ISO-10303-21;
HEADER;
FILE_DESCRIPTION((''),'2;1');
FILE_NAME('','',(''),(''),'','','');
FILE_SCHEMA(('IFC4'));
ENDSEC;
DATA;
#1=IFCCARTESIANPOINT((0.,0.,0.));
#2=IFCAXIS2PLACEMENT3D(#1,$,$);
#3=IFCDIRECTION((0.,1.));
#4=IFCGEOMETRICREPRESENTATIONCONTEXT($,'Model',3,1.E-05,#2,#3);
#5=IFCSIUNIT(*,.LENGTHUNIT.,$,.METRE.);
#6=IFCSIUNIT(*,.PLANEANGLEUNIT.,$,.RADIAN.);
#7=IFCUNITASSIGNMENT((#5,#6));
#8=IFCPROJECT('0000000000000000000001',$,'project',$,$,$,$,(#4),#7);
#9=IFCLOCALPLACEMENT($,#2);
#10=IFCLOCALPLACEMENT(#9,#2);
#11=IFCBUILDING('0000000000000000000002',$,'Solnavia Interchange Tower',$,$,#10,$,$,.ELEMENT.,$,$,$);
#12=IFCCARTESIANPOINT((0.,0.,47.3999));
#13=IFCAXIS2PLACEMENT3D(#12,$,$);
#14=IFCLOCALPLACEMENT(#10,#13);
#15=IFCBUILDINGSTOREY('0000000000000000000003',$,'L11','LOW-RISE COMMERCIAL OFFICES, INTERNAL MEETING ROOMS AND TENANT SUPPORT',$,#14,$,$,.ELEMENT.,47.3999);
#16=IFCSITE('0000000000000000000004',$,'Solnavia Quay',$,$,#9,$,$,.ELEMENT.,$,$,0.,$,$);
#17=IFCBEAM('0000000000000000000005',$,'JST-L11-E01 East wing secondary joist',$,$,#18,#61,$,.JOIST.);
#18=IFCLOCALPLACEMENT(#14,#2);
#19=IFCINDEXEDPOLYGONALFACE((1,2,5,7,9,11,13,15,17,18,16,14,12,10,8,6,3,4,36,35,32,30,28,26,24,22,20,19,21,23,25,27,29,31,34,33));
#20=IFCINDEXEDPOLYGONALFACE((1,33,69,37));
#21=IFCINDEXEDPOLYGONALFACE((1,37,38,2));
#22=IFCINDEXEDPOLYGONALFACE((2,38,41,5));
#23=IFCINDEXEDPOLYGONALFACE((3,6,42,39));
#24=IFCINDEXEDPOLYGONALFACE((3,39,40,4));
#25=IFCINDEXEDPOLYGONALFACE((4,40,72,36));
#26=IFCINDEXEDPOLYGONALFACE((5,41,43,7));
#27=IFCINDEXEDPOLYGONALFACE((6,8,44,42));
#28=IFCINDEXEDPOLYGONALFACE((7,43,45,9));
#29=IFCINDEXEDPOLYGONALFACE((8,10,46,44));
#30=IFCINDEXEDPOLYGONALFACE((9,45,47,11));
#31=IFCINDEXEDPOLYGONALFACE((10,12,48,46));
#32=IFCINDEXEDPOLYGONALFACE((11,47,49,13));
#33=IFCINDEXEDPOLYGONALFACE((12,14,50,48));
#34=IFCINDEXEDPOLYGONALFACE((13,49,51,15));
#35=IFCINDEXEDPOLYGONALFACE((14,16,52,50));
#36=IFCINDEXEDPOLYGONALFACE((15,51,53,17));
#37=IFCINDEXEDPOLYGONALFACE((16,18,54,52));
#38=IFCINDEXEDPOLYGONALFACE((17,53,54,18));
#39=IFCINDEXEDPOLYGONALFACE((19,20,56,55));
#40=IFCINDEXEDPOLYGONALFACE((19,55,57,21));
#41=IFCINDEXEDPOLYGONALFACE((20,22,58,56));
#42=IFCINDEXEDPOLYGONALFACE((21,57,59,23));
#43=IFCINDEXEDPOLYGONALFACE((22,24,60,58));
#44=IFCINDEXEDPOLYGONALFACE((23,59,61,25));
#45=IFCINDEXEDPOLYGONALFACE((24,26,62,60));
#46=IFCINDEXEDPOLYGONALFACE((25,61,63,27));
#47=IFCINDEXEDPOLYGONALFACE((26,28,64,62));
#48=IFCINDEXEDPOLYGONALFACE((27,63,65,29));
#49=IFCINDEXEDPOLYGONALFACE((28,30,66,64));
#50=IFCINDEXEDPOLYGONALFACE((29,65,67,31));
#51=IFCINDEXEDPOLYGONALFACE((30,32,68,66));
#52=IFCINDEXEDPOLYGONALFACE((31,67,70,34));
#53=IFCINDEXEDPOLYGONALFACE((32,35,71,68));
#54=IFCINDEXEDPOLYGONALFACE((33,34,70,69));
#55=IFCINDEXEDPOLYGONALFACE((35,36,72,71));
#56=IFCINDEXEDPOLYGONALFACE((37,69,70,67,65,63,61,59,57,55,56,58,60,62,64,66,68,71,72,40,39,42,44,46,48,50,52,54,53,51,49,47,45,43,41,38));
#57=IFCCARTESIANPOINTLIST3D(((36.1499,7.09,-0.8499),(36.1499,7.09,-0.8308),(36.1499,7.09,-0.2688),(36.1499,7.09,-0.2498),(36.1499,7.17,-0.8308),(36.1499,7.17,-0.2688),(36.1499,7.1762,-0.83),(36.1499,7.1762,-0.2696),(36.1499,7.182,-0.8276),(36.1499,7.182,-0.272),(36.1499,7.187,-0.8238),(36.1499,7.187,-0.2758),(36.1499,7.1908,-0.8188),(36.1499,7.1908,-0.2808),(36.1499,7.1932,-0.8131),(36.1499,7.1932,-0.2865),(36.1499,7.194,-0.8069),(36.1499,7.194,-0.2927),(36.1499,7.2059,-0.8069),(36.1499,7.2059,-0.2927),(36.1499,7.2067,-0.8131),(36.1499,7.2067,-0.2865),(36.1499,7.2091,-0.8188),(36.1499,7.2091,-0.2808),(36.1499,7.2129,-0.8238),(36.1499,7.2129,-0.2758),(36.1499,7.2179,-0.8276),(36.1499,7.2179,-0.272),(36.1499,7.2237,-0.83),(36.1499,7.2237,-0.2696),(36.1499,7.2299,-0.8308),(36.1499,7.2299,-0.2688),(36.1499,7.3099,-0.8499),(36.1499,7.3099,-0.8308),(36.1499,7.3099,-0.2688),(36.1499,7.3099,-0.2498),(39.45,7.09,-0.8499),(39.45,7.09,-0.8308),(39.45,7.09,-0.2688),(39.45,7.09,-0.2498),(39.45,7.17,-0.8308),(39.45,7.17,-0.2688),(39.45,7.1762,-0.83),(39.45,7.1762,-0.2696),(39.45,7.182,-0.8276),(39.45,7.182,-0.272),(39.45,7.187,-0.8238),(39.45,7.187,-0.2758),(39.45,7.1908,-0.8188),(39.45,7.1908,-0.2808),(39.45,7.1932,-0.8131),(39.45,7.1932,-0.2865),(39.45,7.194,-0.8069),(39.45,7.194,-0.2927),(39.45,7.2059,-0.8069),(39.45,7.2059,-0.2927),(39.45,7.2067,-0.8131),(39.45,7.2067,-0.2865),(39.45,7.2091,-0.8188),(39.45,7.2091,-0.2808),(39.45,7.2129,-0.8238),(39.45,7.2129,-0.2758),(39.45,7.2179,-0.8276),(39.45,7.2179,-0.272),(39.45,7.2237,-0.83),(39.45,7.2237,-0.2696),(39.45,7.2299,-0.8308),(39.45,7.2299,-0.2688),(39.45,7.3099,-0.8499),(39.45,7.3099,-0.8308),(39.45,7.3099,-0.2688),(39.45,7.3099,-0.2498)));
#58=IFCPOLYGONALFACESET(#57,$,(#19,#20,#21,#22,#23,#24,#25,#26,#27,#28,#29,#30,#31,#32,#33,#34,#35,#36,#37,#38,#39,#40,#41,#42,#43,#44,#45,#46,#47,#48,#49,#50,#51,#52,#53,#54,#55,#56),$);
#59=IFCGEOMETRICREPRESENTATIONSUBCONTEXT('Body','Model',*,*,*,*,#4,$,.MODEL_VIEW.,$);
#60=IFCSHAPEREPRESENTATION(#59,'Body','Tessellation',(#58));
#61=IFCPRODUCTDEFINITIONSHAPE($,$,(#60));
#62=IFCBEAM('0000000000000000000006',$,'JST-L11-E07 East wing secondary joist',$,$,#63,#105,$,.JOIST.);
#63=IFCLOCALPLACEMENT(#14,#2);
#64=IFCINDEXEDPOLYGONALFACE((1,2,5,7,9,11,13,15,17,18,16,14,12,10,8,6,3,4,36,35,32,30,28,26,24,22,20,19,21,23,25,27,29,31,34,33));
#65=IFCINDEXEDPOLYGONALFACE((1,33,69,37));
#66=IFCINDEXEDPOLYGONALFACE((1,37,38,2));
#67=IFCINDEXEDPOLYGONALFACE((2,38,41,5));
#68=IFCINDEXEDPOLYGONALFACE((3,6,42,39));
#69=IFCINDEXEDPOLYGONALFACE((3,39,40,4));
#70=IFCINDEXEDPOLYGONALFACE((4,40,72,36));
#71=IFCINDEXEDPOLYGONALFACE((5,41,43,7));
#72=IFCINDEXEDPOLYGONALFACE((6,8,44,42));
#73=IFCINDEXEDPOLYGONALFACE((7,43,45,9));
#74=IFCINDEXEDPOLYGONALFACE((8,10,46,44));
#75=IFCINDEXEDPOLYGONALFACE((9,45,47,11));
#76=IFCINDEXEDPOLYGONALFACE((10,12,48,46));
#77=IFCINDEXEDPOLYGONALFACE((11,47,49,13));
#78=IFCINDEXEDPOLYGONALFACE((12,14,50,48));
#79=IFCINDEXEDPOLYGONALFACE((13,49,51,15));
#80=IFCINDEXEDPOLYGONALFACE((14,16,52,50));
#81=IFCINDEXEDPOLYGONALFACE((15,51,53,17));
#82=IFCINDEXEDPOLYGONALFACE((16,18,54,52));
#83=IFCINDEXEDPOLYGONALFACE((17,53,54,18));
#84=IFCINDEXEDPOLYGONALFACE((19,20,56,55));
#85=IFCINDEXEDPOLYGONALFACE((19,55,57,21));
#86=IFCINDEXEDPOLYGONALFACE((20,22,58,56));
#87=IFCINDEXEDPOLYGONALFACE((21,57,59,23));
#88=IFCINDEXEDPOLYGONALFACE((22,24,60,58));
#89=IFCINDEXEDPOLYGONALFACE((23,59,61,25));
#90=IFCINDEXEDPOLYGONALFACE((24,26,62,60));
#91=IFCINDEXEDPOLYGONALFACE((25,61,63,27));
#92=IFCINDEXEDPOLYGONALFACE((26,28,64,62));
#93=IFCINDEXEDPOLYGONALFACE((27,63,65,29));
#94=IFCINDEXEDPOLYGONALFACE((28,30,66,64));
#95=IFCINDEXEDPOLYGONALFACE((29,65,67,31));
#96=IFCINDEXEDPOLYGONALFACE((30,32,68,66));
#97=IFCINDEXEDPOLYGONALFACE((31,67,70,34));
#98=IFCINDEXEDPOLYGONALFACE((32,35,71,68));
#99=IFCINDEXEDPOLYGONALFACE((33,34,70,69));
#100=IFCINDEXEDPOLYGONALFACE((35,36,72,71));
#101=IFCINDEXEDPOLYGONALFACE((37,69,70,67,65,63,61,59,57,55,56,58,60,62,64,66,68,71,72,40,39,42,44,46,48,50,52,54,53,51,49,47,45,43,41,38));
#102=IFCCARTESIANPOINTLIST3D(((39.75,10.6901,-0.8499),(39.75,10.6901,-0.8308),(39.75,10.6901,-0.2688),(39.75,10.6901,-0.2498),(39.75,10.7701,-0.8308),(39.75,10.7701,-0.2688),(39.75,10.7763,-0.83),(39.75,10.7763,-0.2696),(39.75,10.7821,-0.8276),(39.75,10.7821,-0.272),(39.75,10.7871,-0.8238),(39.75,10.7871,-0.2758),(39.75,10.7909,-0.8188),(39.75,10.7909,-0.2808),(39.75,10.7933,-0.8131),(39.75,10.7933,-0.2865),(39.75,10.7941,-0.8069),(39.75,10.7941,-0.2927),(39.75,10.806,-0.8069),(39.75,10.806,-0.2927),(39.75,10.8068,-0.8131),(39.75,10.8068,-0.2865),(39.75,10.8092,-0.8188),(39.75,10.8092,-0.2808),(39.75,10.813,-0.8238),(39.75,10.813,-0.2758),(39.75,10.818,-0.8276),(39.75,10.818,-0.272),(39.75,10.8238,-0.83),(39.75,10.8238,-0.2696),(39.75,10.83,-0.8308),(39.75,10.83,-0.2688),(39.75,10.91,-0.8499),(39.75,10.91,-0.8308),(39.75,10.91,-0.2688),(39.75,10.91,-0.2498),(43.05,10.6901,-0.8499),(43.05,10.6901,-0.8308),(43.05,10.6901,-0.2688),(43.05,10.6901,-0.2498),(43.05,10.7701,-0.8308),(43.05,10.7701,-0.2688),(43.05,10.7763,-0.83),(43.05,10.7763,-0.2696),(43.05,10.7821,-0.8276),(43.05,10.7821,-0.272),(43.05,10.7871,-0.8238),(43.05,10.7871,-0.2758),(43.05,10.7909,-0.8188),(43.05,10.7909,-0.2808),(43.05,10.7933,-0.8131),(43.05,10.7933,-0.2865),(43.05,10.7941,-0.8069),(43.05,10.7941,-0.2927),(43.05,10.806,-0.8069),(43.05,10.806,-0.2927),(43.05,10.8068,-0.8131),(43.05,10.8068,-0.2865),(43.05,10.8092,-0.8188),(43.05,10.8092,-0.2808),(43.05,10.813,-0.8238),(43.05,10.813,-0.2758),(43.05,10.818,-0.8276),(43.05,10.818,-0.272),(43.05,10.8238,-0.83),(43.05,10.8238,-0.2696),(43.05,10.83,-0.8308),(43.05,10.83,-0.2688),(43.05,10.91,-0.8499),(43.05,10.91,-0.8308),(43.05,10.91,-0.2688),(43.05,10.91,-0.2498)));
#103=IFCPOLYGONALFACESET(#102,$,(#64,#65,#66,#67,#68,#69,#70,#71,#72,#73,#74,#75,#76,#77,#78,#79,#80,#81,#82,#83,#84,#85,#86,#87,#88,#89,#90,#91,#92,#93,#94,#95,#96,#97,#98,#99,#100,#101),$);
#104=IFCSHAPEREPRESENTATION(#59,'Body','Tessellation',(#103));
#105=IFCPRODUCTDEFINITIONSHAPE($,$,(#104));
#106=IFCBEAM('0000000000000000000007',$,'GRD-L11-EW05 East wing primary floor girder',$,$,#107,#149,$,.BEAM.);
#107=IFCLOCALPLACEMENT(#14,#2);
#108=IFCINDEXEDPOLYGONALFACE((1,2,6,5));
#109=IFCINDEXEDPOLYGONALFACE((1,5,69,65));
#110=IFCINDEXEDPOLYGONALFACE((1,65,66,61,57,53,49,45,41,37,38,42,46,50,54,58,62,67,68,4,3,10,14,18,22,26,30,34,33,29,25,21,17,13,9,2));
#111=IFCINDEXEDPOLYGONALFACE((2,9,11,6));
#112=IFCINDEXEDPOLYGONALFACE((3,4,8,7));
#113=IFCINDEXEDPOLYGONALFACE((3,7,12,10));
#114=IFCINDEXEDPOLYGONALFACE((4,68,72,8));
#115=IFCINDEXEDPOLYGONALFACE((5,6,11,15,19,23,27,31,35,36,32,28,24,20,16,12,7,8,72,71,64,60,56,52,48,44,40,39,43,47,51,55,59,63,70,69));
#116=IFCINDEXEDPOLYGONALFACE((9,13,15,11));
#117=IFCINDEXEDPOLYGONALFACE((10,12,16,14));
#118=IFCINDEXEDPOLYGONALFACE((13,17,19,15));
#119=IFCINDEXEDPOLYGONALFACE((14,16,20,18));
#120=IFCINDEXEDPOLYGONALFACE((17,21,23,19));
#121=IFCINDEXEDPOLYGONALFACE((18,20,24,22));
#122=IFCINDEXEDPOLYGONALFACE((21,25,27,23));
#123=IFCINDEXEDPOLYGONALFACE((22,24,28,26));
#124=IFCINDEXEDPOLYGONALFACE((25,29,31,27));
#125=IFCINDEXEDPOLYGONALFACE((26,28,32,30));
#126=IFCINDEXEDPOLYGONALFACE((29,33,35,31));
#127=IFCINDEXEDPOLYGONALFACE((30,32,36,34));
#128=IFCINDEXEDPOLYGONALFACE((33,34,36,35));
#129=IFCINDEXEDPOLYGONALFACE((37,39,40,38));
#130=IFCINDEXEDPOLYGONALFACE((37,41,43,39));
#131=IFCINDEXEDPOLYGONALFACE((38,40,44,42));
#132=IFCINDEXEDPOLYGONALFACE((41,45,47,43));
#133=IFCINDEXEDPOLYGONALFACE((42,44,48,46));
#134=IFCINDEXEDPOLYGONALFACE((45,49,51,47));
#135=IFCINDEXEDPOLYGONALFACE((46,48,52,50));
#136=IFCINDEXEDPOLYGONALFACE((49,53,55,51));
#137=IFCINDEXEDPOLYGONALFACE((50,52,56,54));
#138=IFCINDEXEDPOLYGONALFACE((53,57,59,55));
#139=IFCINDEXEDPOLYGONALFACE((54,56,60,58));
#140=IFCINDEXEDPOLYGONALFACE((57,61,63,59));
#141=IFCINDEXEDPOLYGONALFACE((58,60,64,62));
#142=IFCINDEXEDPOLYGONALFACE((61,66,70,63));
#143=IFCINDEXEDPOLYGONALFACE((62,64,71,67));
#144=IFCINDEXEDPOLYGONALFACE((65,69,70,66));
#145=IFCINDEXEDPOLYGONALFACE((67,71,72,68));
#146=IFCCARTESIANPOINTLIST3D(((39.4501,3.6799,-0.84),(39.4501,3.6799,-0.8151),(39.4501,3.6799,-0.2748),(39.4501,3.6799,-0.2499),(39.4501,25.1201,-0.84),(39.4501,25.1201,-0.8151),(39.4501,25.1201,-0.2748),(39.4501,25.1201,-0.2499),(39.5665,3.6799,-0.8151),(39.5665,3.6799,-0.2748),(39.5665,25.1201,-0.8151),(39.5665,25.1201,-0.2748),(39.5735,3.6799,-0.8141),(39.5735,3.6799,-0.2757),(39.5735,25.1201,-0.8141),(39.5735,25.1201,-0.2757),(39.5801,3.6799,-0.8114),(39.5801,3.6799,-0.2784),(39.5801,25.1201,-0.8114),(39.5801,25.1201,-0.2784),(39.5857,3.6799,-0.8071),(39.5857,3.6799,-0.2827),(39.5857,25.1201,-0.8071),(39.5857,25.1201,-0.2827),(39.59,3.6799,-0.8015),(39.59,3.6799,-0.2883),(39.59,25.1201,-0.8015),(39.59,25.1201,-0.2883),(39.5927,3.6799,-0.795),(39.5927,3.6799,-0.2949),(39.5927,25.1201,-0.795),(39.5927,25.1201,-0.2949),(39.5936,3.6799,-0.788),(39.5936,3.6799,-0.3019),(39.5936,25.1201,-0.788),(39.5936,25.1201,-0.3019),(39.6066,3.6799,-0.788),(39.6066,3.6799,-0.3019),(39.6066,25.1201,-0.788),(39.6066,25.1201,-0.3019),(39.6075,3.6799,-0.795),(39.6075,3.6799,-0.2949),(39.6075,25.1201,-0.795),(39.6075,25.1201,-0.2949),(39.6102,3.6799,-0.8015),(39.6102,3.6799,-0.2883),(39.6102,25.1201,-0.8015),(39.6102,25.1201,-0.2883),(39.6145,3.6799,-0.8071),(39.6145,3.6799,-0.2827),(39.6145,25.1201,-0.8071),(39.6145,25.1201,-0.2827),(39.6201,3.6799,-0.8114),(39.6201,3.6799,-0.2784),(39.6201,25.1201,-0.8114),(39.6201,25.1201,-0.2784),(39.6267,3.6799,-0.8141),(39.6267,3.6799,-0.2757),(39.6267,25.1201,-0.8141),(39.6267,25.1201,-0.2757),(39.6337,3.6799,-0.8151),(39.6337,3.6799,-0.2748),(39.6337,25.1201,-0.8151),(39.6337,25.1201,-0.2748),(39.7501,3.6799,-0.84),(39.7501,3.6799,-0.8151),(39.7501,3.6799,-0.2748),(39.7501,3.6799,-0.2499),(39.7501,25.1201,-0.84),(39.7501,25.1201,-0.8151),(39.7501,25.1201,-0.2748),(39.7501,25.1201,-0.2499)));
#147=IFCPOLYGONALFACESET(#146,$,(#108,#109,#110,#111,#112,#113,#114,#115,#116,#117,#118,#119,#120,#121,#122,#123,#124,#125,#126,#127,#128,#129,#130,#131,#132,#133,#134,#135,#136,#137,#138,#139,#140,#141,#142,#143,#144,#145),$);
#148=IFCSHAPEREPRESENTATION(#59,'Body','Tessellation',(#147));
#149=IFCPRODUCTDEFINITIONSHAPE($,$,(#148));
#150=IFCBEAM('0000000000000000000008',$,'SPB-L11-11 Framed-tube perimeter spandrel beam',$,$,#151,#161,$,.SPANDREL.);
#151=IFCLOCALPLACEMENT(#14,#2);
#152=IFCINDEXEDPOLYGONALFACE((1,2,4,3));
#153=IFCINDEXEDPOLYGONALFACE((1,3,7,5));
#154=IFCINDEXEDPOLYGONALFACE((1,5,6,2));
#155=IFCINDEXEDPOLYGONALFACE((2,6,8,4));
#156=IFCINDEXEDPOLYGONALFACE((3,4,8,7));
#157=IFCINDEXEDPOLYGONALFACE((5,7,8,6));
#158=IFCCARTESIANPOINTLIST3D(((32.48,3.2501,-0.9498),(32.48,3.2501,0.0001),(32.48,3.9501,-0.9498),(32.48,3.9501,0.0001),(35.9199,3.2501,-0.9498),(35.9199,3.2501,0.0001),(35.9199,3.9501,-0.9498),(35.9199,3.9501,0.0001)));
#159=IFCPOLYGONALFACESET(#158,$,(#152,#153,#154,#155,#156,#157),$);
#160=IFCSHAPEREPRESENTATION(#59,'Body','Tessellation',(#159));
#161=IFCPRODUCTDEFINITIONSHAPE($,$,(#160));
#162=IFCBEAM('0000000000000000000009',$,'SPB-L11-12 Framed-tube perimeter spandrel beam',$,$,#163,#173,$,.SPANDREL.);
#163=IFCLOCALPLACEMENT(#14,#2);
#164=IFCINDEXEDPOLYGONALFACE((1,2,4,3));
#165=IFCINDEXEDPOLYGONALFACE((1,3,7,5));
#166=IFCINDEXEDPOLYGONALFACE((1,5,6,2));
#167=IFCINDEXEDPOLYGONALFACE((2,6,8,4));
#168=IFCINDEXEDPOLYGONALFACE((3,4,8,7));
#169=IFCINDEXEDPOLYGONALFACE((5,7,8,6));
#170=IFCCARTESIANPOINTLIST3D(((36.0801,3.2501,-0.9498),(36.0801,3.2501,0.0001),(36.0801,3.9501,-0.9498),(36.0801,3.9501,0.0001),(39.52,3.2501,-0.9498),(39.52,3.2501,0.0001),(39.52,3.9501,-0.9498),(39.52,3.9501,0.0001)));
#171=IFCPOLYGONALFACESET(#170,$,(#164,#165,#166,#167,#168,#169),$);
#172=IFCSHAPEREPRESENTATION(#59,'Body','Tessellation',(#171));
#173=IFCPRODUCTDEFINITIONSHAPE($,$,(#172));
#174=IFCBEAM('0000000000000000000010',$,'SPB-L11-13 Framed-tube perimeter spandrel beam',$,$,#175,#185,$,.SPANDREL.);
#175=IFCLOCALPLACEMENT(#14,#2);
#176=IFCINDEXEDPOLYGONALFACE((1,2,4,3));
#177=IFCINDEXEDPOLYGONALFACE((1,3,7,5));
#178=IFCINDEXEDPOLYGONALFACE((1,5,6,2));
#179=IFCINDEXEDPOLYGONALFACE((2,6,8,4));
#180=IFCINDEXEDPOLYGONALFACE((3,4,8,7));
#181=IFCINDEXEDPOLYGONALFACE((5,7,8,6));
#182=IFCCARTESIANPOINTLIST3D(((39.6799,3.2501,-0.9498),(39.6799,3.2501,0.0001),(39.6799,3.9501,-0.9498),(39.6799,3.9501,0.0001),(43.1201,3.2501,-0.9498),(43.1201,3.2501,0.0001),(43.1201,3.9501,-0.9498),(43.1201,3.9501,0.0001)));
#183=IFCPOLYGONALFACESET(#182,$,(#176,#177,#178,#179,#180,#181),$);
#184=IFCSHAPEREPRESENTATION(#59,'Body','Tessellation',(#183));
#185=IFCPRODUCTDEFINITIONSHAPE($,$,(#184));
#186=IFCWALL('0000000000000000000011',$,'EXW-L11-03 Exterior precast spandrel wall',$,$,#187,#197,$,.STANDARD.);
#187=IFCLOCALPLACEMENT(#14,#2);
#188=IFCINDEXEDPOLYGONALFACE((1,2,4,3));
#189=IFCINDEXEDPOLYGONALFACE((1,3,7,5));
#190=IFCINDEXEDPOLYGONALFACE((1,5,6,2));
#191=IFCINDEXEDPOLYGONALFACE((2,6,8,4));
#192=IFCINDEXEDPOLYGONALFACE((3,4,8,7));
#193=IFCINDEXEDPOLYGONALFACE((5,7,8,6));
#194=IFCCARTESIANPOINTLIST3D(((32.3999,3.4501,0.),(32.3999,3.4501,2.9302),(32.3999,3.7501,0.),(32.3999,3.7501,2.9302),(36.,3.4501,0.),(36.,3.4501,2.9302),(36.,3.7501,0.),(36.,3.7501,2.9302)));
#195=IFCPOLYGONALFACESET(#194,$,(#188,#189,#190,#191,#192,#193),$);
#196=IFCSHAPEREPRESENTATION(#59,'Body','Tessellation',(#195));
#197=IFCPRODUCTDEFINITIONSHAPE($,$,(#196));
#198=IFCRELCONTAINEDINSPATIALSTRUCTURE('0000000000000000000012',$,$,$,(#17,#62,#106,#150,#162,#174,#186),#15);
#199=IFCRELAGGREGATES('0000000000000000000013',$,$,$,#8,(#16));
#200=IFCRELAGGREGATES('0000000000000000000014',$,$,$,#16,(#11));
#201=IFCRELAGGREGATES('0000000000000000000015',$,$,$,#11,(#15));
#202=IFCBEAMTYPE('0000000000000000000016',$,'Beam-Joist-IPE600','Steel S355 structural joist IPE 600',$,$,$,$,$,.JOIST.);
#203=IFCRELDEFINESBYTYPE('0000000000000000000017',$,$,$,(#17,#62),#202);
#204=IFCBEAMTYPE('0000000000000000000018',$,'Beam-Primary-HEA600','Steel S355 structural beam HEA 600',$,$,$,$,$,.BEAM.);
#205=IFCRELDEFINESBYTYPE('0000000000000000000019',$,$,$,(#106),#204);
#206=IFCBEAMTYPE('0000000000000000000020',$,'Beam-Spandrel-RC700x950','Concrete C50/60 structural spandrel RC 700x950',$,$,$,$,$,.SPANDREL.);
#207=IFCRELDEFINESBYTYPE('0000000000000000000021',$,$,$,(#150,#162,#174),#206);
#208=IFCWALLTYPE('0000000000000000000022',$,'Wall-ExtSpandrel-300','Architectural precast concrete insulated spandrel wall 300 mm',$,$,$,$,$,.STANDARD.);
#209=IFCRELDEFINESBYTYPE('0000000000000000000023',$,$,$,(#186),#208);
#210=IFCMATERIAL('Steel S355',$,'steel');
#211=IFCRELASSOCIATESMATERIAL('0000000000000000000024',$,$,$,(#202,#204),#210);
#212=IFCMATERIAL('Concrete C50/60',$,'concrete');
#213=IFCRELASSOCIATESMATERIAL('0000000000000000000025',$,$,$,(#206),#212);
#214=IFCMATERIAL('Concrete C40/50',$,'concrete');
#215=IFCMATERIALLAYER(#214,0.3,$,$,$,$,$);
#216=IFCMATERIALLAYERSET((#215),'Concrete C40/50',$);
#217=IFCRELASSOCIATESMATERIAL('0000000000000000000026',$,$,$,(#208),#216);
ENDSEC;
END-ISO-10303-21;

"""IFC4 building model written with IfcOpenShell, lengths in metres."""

from ifc_helpers import new_model, si_unit, direction, frame, frame_2d, origin, origin_2d, place, context, subcontext, project, spatial, rectangle, i_section, extrude, material, layer, layer_set, material_profile, profile_set, type_object, element, save


model = new_model("IFC4")

# Units and contexts
model_context = context("Model", 3, precision=1e-05, world=origin(), true_north=direction((0.0, 1.0)))
body_context = subcontext(model_context, "Body", "Model", "MODEL_VIEW")
ifc_project = project(units=[si_unit("LENGTHUNIT", "METRE"), si_unit("PLANEANGLEUNIT", "RADIAN")], contexts=[model_context])

# Site, building, storey
site_placement = place(None, origin())
site = spatial("IfcSite", under=ifc_project, at=site_placement, Name="Solnavia Quay", CompositionType="ELEMENT", RefElevation=0.0)
building_placement = place(site_placement, origin())
building = spatial("IfcBuilding", under=site, at=building_placement, Name="Solnavia Interchange Tower", CompositionType="ELEMENT")
storey_placement = place(building_placement, frame((0.0, 0.0, 47.3999)))
storey = spatial("IfcBuildingStorey", under=building, at=storey_placement, Name="L11", Description="LOW-RISE COMMERCIAL OFFICES, INTERNAL MEETING ROOMS AND TENANT SUPPORT", CompositionType="ELEMENT", Elevation=47.3999)

# Shared definitions
ifc_material_1 = material(Name="Steel S355", Category="steel")

# Beams
ifc_material_2 = material(Name="Concrete C50/60", Category="concrete")
ifc_material_profile_1 = material_profile(ifc_material_1, i_section(OverallWidth=0.22, OverallDepth=0.6001, WebThickness=0.012, FlangeThickness=0.019, FilletRadius=0.0239, at=origin_2d()), Name="IPE 600")
ifc_profile_set_1 = profile_set([ifc_material_profile_1], Name="Steel S355")
beam_type_1 = type_object("IfcBeamType", Name="Beam-Joist-IPE600", Description="Steel S355 structural joist IPE 600", PredefinedType="JOIST", material=ifc_profile_set_1)
for number, where, z_axis, x_axis, name in (
    (1, (36.1499, 7.2, -0.5498), (1.0, 0.0, 0.0), (0.0, 1.0, 0.0), "JST-L11-E01 East wing secondary joist"),
    (2, (39.75, 10.8, -0.5498), (1.0, 0.0, 0.0), (0.0, 1.0, 0.0), "JST-L11-E07 East wing secondary joist"),
):
    element("IfcBeam", number, at=place(storey_placement, frame(where, z_axis=z_axis, x_axis=x_axis)), inside=storey, type_object=beam_type_1, Name=name, PredefinedType="JOIST", context=body_context, shape_type="SweptSolid", body=[
        extrude(i_section(OverallWidth=0.22, OverallDepth=0.6001, WebThickness=0.012, FlangeThickness=0.019, FilletRadius=0.0239, at=origin_2d()), origin(), (0.0, 0.0, 1.0), 3.3),
    ])
ifc_material_profile_2 = material_profile(ifc_material_1, i_section(OverallWidth=0.3, OverallDepth=0.5901, WebThickness=0.0129, FlangeThickness=0.0249, FilletRadius=0.0271, at=origin_2d()), Name="HEA 600")
ifc_profile_set_2 = profile_set([ifc_material_profile_2], Name="Steel S355")
beam_type_2 = type_object("IfcBeamType", Name="Beam-Primary-HEA600", Description="Steel S355 structural beam HEA 600", PredefinedType="BEAM", material=ifc_profile_set_2)
beam_1_placement = place(storey_placement, frame((39.6001, 3.6799, -0.5449), z_axis=(0.0, 1.0, 0.0), x_axis=(-1.0, 0.0, 0.0)))
element("IfcBeam", 3, at=beam_1_placement, inside=storey, type_object=beam_type_2, Name="GRD-L11-EW05 East wing primary floor girder", PredefinedType="BEAM", context=body_context, shape_type="SweptSolid", body=[
    extrude(i_section(OverallWidth=0.3, OverallDepth=0.5901, WebThickness=0.0129, FlangeThickness=0.0249, FilletRadius=0.0271, at=origin_2d()), origin(), (0.0, 0.0, 1.0), 21.4402),
])
ifc_material_profile_3 = material_profile(ifc_material_2, rectangle(XDim=0.7, YDim=0.95, at=origin_2d()), Name="RC 700x950")
ifc_profile_set_3 = profile_set([ifc_material_profile_3], Name="Concrete C50/60")
beam_type_3 = type_object("IfcBeamType", Name="Beam-Spandrel-RC700x950", Description="Concrete C50/60 structural spandrel RC 700x950", PredefinedType="SPANDREL", material=ifc_profile_set_3)
for number, where, z_axis, x_axis, name in (
    (4, (32.48, 3.6001, -0.4749), (1.0, 0.0, 0.0), (0.0, 1.0, 0.0), "SPB-L11-11 Framed-tube perimeter spandrel beam"),
    (5, (36.0801, 3.6001, -0.4749), (1.0, 0.0, 0.0), (0.0, 1.0, 0.0), "SPB-L11-12 Framed-tube perimeter spandrel beam"),
):
    element("IfcBeam", number, at=place(storey_placement, frame(where, z_axis=z_axis, x_axis=x_axis)), inside=storey, type_object=beam_type_3, Name=name, PredefinedType="SPANDREL", context=body_context, shape_type="SweptSolid", body=[
        extrude(rectangle(XDim=0.7, YDim=0.95, at=origin_2d()), origin(), (0.0, 0.0, 1.0), 3.4399),
    ])
beam_2_placement = place(storey_placement, frame((39.6799, 3.6001, -0.4749), z_axis=(1.0, 0.0, 0.0), x_axis=(0.0, 1.0, 0.0)))
element("IfcBeam", 6, at=beam_2_placement, inside=storey, type_object=beam_type_3, Name="SPB-L11-13 Framed-tube perimeter spandrel beam", PredefinedType="SPANDREL", context=body_context, shape_type="SweptSolid", body=[
    extrude(rectangle(XDim=0.7, YDim=0.95, at=origin_2d()), origin(), (0.0, 0.0, 1.0), 3.4402),
])

# Wall
ifc_material_3 = material(Name="Concrete C40/50", Category="concrete")
ifc_layer_1 = layer(ifc_material_3, 0.3)
ifc_layer_set_1 = layer_set([ifc_layer_1], Name="Concrete C40/50")
wall_type_1 = type_object("IfcWallType", Name="Wall-ExtSpandrel-300", Description="Architectural precast concrete insulated spandrel wall 300 mm", PredefinedType="STANDARD", material=ifc_layer_set_1)
wall_1_placement = place(storey_placement, frame((36.0, 3.6001, 0.0), z_axis=(0.0, 0.0, 1.0), x_axis=(-1.0, 0.0, 0.0)))
element("IfcWall", 7, at=wall_1_placement, inside=storey, type_object=wall_type_1, Name="EXW-L11-03 Exterior precast spandrel wall", PredefinedType="STANDARD", context=body_context, shape_type="SweptSolid", body=[
    extrude(rectangle(XDim=3.6001, YDim=0.3, at=frame_2d((1.8, 0.0))), origin(), (0.0, 0.0, 1.0), 2.9302),
])

save(model, "model.ifc")
